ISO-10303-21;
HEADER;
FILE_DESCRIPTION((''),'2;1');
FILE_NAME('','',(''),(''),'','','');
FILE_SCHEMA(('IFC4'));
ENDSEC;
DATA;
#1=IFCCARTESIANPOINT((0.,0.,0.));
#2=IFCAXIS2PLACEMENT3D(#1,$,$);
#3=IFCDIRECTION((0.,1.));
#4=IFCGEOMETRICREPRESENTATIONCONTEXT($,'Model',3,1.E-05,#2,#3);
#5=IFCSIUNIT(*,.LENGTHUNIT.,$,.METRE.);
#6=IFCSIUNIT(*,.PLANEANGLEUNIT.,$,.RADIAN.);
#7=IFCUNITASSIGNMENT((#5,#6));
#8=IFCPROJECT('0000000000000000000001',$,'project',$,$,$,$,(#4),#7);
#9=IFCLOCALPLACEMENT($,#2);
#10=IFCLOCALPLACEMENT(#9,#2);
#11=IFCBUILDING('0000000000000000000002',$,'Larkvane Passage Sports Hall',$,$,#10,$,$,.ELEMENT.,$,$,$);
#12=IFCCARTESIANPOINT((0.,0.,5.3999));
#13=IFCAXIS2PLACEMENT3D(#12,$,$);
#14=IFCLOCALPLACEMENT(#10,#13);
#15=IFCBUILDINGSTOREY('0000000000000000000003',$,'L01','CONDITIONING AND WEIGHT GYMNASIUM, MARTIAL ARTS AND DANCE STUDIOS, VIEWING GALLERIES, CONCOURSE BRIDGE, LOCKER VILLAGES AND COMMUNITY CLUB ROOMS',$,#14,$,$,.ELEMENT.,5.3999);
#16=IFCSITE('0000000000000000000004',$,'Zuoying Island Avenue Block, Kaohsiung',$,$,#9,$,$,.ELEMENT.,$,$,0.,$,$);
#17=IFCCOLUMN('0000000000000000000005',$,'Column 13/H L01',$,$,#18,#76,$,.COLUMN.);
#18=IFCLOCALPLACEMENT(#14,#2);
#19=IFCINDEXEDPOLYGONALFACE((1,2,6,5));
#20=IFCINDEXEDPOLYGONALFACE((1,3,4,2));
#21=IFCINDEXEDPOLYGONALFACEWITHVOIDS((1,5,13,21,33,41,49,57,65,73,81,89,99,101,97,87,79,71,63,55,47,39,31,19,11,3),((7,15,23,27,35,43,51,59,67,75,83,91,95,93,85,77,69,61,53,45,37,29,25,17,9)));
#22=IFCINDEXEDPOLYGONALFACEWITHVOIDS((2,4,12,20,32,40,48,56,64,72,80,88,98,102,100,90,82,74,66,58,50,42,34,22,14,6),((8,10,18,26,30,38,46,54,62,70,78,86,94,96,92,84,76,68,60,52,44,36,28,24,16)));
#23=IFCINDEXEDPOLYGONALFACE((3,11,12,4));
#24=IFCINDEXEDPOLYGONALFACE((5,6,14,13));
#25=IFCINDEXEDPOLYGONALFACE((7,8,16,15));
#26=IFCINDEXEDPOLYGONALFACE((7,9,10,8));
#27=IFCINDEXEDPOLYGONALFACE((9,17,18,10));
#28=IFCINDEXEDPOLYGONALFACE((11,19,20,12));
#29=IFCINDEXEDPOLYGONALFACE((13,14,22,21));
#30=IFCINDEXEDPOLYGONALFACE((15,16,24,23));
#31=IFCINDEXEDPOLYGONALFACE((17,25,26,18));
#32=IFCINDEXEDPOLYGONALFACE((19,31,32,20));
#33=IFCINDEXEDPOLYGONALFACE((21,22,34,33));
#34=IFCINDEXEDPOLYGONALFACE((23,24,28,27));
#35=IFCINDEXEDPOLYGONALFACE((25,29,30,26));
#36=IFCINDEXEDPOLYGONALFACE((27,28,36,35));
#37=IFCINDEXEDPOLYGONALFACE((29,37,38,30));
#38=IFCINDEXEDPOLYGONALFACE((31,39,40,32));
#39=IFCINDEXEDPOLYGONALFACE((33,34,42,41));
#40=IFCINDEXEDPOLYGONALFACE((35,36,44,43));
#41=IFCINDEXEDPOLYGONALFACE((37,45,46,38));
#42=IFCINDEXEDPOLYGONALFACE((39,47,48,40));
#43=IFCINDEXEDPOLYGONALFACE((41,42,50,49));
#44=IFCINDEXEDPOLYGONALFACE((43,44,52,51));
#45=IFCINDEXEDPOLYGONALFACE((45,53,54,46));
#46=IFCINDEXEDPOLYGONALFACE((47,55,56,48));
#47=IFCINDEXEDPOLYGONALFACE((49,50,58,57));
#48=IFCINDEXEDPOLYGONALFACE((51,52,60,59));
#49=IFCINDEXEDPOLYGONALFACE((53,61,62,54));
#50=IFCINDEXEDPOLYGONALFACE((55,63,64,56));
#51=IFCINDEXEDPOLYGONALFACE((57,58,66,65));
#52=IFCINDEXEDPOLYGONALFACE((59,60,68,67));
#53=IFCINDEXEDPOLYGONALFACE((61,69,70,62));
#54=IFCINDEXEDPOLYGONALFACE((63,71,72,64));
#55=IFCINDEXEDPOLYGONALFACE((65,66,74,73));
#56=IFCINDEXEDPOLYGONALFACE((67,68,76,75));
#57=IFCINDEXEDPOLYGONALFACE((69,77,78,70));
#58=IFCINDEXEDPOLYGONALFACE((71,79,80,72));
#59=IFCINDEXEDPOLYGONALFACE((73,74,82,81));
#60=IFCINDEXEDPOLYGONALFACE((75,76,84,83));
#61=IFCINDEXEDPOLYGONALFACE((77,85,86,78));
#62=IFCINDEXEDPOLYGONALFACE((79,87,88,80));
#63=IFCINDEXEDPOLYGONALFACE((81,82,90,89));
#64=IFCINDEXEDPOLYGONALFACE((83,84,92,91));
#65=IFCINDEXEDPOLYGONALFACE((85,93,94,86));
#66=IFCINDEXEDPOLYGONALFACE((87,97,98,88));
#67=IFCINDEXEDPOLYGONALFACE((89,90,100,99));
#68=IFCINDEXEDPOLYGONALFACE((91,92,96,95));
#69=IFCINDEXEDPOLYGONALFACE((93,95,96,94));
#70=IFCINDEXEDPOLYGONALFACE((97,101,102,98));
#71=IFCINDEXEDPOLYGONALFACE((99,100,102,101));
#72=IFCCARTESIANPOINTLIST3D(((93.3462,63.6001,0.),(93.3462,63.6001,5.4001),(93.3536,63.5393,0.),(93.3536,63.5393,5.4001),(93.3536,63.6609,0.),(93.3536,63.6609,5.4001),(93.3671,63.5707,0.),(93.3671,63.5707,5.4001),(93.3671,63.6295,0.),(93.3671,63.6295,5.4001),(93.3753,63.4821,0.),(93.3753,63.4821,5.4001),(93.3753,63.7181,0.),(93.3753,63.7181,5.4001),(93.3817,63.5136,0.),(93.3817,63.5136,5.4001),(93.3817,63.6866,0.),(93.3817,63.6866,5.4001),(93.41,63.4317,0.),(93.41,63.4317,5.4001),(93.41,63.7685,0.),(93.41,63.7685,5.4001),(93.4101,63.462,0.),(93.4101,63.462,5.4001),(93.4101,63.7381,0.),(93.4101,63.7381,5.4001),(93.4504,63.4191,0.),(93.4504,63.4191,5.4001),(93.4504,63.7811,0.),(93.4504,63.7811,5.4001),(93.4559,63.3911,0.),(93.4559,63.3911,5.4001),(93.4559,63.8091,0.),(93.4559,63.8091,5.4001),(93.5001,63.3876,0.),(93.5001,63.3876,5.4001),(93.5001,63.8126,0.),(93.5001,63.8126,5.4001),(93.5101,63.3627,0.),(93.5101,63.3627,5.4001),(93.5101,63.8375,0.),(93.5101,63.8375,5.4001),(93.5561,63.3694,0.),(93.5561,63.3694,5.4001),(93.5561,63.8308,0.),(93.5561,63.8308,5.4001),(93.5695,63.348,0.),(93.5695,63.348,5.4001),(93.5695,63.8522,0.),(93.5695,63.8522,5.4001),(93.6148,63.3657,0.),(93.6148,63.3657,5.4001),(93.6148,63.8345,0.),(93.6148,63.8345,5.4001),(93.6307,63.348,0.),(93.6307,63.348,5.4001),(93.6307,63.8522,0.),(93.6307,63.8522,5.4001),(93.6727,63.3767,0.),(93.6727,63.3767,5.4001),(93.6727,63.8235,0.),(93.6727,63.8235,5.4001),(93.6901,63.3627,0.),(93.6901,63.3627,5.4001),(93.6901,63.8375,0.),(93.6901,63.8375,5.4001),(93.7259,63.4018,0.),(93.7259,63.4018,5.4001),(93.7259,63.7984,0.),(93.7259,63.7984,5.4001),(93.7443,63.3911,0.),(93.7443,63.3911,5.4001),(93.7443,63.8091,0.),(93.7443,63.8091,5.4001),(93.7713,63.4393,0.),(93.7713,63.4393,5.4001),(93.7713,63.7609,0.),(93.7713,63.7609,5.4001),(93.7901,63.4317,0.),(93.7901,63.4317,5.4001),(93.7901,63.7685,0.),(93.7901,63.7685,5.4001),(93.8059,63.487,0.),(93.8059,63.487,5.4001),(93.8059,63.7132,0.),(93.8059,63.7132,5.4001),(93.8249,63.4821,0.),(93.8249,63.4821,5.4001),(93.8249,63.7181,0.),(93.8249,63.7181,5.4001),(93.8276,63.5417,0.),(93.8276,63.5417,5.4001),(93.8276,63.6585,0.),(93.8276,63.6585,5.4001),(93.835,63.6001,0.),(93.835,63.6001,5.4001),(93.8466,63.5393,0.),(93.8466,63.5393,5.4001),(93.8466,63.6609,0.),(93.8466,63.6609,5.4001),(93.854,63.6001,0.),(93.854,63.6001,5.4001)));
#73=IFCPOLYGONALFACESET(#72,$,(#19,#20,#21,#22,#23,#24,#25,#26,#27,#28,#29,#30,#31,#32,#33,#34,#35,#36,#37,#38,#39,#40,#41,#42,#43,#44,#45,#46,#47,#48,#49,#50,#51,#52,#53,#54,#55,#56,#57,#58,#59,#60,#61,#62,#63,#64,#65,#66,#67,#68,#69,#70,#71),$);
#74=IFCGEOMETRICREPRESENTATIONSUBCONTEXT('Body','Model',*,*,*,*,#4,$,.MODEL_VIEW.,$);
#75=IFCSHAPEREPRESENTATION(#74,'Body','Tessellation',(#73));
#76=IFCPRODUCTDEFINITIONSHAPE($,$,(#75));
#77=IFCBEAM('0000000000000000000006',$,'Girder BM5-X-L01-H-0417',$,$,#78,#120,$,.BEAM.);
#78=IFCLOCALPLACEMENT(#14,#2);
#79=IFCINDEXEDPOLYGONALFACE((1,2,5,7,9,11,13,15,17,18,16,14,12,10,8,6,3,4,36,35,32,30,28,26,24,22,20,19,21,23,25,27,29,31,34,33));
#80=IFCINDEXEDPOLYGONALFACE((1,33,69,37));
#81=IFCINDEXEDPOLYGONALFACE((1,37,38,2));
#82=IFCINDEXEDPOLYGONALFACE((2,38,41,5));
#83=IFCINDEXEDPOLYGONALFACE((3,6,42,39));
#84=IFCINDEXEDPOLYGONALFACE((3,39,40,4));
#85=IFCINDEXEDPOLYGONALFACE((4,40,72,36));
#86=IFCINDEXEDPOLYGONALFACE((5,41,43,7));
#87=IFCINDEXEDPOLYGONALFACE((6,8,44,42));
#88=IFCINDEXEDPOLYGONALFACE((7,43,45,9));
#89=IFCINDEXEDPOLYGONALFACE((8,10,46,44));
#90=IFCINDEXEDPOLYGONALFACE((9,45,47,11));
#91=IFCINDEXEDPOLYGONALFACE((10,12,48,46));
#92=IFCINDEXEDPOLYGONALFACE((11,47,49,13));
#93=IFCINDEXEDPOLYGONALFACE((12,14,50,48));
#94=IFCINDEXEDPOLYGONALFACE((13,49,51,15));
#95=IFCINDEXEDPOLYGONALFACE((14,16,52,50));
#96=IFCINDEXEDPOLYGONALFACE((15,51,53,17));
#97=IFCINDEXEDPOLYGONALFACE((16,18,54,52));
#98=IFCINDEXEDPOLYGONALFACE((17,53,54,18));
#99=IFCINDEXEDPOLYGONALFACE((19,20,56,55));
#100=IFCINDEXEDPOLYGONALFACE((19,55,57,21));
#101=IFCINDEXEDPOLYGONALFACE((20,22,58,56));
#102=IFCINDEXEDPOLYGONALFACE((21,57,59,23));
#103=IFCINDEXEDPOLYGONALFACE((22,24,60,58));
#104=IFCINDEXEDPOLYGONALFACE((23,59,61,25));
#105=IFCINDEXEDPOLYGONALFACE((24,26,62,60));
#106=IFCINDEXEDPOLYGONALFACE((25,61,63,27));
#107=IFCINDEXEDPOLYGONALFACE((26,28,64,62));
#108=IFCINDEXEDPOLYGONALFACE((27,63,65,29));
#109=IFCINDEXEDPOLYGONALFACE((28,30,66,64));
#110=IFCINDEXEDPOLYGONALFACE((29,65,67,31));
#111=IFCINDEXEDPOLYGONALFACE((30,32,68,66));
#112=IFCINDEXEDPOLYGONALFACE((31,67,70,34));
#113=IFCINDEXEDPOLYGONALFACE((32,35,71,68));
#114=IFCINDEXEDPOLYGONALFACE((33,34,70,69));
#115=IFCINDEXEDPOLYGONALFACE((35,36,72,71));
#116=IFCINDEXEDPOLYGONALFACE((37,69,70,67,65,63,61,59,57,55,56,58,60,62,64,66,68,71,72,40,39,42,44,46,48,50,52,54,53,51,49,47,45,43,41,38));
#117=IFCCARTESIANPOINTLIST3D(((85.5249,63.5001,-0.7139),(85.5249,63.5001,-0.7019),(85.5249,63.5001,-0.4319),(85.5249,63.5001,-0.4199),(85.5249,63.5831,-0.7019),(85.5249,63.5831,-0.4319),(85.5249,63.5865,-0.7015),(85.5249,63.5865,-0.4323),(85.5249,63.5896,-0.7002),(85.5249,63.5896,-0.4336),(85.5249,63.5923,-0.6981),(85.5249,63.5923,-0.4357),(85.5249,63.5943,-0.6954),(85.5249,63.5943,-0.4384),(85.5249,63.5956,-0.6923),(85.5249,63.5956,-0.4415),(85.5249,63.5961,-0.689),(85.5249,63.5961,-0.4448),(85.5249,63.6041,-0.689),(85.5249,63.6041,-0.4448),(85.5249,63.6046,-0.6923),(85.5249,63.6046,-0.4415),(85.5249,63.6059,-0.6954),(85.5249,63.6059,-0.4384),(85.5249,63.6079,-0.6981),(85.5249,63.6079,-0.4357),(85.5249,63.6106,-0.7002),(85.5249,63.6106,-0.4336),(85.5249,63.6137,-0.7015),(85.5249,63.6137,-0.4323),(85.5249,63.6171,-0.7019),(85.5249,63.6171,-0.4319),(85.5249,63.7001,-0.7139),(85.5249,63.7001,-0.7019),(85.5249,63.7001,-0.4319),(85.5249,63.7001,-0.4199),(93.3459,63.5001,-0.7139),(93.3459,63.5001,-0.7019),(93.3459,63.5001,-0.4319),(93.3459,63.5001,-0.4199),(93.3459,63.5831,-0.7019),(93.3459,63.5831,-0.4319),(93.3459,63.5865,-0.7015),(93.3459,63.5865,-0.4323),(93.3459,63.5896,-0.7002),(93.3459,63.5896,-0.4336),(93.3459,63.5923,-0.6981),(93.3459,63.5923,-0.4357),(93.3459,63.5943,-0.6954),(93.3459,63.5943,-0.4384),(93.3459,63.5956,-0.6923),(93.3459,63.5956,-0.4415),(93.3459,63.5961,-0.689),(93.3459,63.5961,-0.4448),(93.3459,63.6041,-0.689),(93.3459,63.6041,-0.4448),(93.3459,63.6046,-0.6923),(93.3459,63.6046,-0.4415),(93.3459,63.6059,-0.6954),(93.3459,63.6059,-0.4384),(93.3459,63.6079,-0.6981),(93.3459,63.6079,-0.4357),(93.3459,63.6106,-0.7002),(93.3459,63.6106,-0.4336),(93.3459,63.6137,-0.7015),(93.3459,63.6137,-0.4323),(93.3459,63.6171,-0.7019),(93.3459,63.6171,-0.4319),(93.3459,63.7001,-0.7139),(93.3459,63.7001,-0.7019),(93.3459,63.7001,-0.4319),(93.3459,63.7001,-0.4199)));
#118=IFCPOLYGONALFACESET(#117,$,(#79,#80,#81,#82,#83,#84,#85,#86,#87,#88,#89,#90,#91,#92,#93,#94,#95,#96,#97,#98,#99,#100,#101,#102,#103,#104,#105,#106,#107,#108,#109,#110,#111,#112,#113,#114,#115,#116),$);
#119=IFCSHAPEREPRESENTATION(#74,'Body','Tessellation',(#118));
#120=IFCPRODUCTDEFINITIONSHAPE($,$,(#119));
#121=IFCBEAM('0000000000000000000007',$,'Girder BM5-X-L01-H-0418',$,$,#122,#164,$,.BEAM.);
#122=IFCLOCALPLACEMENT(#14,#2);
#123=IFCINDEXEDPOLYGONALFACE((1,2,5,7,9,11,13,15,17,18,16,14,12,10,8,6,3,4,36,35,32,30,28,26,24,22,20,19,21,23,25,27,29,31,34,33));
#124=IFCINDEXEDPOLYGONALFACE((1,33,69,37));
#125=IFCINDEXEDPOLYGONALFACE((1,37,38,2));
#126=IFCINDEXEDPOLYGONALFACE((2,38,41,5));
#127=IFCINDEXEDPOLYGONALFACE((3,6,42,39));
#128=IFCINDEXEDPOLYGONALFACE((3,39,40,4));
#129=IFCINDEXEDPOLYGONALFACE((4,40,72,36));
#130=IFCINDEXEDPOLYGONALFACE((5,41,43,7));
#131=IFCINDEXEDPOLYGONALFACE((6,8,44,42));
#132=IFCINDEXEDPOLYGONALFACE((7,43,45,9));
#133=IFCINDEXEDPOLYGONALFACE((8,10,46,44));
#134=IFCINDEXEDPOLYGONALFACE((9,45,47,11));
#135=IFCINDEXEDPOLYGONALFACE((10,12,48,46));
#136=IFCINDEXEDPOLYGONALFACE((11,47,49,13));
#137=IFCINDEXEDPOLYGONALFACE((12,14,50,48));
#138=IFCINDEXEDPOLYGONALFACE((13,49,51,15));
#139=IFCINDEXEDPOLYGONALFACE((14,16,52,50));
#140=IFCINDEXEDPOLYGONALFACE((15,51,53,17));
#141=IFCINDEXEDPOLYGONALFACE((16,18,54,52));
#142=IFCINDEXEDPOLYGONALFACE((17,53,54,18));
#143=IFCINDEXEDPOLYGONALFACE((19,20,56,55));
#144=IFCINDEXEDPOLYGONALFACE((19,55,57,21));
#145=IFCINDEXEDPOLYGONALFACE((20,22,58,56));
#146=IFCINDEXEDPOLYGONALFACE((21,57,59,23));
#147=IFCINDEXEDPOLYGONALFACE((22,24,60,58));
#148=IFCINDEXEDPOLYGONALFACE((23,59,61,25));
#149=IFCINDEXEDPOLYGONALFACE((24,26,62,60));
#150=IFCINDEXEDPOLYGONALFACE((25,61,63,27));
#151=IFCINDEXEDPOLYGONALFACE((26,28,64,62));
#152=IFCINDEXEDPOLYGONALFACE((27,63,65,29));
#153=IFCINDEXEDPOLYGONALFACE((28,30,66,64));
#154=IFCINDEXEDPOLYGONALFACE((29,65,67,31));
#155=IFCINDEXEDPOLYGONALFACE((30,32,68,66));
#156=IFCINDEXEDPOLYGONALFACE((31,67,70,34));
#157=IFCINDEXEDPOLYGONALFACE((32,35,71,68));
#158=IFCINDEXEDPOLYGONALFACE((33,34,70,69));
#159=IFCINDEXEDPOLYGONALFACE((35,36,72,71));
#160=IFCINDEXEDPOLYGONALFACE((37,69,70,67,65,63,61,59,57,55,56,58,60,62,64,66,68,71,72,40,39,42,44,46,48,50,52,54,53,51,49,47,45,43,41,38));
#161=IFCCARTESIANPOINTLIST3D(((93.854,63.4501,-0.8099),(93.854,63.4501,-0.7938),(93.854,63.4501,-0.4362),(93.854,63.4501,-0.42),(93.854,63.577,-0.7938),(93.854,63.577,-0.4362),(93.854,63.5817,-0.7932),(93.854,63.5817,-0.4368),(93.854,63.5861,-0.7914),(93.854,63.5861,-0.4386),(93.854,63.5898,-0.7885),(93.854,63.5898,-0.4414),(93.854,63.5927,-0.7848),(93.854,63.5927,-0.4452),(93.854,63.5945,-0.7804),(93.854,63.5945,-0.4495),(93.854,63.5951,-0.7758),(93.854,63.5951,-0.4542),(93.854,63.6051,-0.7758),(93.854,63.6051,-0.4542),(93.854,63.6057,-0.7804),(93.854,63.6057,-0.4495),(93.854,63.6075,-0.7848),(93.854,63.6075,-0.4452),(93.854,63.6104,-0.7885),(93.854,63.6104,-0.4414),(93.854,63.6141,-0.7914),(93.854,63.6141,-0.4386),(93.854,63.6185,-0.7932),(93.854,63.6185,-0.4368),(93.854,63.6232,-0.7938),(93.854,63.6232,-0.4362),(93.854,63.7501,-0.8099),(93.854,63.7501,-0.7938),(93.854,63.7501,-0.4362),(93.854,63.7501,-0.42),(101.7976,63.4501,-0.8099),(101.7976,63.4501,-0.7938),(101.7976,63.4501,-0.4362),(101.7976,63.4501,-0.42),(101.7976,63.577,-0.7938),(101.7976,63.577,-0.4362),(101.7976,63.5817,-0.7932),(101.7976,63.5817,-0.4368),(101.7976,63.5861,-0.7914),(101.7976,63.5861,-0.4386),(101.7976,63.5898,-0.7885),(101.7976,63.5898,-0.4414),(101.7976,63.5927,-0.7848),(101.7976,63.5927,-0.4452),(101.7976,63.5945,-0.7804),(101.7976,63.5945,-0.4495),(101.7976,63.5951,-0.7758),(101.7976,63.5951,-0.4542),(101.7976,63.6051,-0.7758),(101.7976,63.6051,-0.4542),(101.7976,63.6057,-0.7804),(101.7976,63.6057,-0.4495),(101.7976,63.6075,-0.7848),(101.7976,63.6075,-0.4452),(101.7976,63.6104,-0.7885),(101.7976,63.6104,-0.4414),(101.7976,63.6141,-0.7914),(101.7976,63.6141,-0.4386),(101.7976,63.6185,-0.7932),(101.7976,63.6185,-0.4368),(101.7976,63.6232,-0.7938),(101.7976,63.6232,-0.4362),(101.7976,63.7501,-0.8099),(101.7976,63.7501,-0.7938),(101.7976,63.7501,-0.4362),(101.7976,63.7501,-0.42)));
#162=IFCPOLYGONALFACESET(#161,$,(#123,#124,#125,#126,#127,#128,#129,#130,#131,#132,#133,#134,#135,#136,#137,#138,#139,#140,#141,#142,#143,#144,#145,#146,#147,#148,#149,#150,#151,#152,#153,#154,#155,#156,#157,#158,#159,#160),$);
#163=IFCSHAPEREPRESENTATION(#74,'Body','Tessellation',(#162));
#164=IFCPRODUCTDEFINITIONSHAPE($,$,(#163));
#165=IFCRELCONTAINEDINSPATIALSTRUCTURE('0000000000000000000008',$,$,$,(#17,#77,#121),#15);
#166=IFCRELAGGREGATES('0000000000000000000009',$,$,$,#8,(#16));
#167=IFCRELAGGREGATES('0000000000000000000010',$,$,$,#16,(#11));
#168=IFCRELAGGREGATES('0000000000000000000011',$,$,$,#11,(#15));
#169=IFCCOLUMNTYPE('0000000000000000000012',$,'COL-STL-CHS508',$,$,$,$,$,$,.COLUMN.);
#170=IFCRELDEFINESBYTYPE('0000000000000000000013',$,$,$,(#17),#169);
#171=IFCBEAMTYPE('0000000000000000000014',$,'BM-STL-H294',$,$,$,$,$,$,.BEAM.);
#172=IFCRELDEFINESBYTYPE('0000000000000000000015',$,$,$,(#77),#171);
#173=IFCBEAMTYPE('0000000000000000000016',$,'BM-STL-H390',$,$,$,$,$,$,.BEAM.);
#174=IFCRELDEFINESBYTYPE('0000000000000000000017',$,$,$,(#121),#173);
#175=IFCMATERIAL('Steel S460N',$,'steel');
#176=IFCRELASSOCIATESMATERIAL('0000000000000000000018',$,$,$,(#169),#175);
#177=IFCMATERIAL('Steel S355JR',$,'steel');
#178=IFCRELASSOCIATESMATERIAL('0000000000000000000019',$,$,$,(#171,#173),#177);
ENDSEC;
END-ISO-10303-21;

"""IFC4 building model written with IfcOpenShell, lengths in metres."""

from ifc_helpers import new_model, si_unit, direction, frame, origin, origin_2d, place, context, subcontext, project, spatial, hollow_circle, i_section, extrude, material, material_profile, profile_set, type_object, element, save


model = new_model("IFC4")

# Units and contexts
model_context = context("Model", 3, precision=1e-05, world=origin(), true_north=direction((0.0, 1.0)))
body_context = subcontext(model_context, "Body", "Model", "MODEL_VIEW")
ifc_project = project(units=[si_unit("LENGTHUNIT", "METRE"), si_unit("PLANEANGLEUNIT", "RADIAN")], contexts=[model_context])

# Site, building, storey
site_placement = place(None, origin())
site = spatial("IfcSite", under=ifc_project, at=site_placement, Name="Zuoying Island Avenue Block, Kaohsiung", CompositionType="ELEMENT", RefElevation=0.0)
building_placement = place(site_placement, origin())
building = spatial("IfcBuilding", under=site, at=building_placement, Name="Larkvane Passage Sports Hall", CompositionType="ELEMENT")
storey_placement = place(building_placement, frame((0.0, 0.0, 5.3999)))
storey = spatial("IfcBuildingStorey", under=building, at=storey_placement, Name="L01", Description="CONDITIONING AND WEIGHT GYMNASIUM, MARTIAL ARTS AND DANCE STUDIOS, VIEWING GALLERIES, CONCOURSE BRIDGE, LOCKER VILLAGES AND COMMUNITY CLUB ROOMS", CompositionType="ELEMENT", Elevation=5.3999)

# Column
ifc_material_1 = material(Name="Steel S460N", Category="steel")
ifc_material_profile_1 = material_profile(ifc_material_1, hollow_circle(Radius=0.2539, WallThickness=0.019, at=origin_2d()), Name="CHS-508.0x19.0")
ifc_profile_set_1 = profile_set([ifc_material_profile_1], Name="Steel S460N")
column_type = type_object("IfcColumnType", Name="COL-STL-CHS508", PredefinedType="COLUMN", material=ifc_profile_set_1)
column_placement = place(storey_placement, frame((93.6001, 63.6001, 0.0), z_axis=(0.0, 0.0, 1.0), x_axis=(1.0, 0.0, 0.0)))
element("IfcColumn", 1, at=column_placement, inside=storey, type_object=column_type, Name="Column 13/H L01", PredefinedType="COLUMN", context=body_context, shape_type="SweptSolid", body=[
    extrude(hollow_circle(Radius=0.2539, WallThickness=0.019, at=origin_2d()), origin(), (0.0, 0.0, 1.0), 5.4001),
])

# Beams
ifc_material_2 = material(Name="Steel S355JR", Category="steel")
ifc_material_profile_2 = material_profile(ifc_material_2, i_section(OverallWidth=0.2, OverallDepth=0.2939, WebThickness=0.0081, FlangeThickness=0.012, FilletRadius=0.0129, at=origin_2d()), Name="H-294x200x8x12")
ifc_profile_set_2 = profile_set([ifc_material_profile_2], Name="Steel S355JR")
beam_type_1 = type_object("IfcBeamType", Name="BM-STL-H294", PredefinedType="BEAM", material=ifc_profile_set_2)
beam_1_placement = place(storey_placement, frame((85.5249, 63.6001, -0.5669), z_axis=(1.0, 0.0, 0.0), x_axis=(0.0, 1.0, 0.0)))
element("IfcBeam", 2, at=beam_1_placement, inside=storey, type_object=beam_type_1, Name="Girder BM5-X-L01-H-0417", PredefinedType="BEAM", context=body_context, shape_type="SweptSolid", body=[
    extrude(i_section(OverallWidth=0.2, OverallDepth=0.2939, WebThickness=0.0081, FlangeThickness=0.012, FilletRadius=0.0129, at=origin_2d()), origin(), (0.0, 0.0, 1.0), 7.821),
])
ifc_material_profile_3 = material_profile(ifc_material_2, i_section(OverallWidth=0.3, OverallDepth=0.3899, WebThickness=0.01, FlangeThickness=0.0161, FilletRadius=0.0181, at=origin_2d()), Name="H-390x300x10x16")
ifc_profile_set_3 = profile_set([ifc_material_profile_3], Name="Steel S355JR")
beam_type_2 = type_object("IfcBeamType", Name="BM-STL-H390", PredefinedType="BEAM", material=ifc_profile_set_3)
beam_2_placement = place(storey_placement, frame((93.854, 63.6001, -0.615), z_axis=(1.0, 0.0, 0.0), x_axis=(0.0, 1.0, 0.0)))
element("IfcBeam", 3, at=beam_2_placement, inside=storey, type_object=beam_type_2, Name="Girder BM5-X-L01-H-0418", PredefinedType="BEAM", context=body_context, shape_type="SweptSolid", body=[
    extrude(i_section(OverallWidth=0.3, OverallDepth=0.3899, WebThickness=0.01, FlangeThickness=0.0161, FilletRadius=0.0181, at=origin_2d()), origin(), (0.0, 0.0, 1.0), 7.9436),
])

save(model, "model.ifc")
